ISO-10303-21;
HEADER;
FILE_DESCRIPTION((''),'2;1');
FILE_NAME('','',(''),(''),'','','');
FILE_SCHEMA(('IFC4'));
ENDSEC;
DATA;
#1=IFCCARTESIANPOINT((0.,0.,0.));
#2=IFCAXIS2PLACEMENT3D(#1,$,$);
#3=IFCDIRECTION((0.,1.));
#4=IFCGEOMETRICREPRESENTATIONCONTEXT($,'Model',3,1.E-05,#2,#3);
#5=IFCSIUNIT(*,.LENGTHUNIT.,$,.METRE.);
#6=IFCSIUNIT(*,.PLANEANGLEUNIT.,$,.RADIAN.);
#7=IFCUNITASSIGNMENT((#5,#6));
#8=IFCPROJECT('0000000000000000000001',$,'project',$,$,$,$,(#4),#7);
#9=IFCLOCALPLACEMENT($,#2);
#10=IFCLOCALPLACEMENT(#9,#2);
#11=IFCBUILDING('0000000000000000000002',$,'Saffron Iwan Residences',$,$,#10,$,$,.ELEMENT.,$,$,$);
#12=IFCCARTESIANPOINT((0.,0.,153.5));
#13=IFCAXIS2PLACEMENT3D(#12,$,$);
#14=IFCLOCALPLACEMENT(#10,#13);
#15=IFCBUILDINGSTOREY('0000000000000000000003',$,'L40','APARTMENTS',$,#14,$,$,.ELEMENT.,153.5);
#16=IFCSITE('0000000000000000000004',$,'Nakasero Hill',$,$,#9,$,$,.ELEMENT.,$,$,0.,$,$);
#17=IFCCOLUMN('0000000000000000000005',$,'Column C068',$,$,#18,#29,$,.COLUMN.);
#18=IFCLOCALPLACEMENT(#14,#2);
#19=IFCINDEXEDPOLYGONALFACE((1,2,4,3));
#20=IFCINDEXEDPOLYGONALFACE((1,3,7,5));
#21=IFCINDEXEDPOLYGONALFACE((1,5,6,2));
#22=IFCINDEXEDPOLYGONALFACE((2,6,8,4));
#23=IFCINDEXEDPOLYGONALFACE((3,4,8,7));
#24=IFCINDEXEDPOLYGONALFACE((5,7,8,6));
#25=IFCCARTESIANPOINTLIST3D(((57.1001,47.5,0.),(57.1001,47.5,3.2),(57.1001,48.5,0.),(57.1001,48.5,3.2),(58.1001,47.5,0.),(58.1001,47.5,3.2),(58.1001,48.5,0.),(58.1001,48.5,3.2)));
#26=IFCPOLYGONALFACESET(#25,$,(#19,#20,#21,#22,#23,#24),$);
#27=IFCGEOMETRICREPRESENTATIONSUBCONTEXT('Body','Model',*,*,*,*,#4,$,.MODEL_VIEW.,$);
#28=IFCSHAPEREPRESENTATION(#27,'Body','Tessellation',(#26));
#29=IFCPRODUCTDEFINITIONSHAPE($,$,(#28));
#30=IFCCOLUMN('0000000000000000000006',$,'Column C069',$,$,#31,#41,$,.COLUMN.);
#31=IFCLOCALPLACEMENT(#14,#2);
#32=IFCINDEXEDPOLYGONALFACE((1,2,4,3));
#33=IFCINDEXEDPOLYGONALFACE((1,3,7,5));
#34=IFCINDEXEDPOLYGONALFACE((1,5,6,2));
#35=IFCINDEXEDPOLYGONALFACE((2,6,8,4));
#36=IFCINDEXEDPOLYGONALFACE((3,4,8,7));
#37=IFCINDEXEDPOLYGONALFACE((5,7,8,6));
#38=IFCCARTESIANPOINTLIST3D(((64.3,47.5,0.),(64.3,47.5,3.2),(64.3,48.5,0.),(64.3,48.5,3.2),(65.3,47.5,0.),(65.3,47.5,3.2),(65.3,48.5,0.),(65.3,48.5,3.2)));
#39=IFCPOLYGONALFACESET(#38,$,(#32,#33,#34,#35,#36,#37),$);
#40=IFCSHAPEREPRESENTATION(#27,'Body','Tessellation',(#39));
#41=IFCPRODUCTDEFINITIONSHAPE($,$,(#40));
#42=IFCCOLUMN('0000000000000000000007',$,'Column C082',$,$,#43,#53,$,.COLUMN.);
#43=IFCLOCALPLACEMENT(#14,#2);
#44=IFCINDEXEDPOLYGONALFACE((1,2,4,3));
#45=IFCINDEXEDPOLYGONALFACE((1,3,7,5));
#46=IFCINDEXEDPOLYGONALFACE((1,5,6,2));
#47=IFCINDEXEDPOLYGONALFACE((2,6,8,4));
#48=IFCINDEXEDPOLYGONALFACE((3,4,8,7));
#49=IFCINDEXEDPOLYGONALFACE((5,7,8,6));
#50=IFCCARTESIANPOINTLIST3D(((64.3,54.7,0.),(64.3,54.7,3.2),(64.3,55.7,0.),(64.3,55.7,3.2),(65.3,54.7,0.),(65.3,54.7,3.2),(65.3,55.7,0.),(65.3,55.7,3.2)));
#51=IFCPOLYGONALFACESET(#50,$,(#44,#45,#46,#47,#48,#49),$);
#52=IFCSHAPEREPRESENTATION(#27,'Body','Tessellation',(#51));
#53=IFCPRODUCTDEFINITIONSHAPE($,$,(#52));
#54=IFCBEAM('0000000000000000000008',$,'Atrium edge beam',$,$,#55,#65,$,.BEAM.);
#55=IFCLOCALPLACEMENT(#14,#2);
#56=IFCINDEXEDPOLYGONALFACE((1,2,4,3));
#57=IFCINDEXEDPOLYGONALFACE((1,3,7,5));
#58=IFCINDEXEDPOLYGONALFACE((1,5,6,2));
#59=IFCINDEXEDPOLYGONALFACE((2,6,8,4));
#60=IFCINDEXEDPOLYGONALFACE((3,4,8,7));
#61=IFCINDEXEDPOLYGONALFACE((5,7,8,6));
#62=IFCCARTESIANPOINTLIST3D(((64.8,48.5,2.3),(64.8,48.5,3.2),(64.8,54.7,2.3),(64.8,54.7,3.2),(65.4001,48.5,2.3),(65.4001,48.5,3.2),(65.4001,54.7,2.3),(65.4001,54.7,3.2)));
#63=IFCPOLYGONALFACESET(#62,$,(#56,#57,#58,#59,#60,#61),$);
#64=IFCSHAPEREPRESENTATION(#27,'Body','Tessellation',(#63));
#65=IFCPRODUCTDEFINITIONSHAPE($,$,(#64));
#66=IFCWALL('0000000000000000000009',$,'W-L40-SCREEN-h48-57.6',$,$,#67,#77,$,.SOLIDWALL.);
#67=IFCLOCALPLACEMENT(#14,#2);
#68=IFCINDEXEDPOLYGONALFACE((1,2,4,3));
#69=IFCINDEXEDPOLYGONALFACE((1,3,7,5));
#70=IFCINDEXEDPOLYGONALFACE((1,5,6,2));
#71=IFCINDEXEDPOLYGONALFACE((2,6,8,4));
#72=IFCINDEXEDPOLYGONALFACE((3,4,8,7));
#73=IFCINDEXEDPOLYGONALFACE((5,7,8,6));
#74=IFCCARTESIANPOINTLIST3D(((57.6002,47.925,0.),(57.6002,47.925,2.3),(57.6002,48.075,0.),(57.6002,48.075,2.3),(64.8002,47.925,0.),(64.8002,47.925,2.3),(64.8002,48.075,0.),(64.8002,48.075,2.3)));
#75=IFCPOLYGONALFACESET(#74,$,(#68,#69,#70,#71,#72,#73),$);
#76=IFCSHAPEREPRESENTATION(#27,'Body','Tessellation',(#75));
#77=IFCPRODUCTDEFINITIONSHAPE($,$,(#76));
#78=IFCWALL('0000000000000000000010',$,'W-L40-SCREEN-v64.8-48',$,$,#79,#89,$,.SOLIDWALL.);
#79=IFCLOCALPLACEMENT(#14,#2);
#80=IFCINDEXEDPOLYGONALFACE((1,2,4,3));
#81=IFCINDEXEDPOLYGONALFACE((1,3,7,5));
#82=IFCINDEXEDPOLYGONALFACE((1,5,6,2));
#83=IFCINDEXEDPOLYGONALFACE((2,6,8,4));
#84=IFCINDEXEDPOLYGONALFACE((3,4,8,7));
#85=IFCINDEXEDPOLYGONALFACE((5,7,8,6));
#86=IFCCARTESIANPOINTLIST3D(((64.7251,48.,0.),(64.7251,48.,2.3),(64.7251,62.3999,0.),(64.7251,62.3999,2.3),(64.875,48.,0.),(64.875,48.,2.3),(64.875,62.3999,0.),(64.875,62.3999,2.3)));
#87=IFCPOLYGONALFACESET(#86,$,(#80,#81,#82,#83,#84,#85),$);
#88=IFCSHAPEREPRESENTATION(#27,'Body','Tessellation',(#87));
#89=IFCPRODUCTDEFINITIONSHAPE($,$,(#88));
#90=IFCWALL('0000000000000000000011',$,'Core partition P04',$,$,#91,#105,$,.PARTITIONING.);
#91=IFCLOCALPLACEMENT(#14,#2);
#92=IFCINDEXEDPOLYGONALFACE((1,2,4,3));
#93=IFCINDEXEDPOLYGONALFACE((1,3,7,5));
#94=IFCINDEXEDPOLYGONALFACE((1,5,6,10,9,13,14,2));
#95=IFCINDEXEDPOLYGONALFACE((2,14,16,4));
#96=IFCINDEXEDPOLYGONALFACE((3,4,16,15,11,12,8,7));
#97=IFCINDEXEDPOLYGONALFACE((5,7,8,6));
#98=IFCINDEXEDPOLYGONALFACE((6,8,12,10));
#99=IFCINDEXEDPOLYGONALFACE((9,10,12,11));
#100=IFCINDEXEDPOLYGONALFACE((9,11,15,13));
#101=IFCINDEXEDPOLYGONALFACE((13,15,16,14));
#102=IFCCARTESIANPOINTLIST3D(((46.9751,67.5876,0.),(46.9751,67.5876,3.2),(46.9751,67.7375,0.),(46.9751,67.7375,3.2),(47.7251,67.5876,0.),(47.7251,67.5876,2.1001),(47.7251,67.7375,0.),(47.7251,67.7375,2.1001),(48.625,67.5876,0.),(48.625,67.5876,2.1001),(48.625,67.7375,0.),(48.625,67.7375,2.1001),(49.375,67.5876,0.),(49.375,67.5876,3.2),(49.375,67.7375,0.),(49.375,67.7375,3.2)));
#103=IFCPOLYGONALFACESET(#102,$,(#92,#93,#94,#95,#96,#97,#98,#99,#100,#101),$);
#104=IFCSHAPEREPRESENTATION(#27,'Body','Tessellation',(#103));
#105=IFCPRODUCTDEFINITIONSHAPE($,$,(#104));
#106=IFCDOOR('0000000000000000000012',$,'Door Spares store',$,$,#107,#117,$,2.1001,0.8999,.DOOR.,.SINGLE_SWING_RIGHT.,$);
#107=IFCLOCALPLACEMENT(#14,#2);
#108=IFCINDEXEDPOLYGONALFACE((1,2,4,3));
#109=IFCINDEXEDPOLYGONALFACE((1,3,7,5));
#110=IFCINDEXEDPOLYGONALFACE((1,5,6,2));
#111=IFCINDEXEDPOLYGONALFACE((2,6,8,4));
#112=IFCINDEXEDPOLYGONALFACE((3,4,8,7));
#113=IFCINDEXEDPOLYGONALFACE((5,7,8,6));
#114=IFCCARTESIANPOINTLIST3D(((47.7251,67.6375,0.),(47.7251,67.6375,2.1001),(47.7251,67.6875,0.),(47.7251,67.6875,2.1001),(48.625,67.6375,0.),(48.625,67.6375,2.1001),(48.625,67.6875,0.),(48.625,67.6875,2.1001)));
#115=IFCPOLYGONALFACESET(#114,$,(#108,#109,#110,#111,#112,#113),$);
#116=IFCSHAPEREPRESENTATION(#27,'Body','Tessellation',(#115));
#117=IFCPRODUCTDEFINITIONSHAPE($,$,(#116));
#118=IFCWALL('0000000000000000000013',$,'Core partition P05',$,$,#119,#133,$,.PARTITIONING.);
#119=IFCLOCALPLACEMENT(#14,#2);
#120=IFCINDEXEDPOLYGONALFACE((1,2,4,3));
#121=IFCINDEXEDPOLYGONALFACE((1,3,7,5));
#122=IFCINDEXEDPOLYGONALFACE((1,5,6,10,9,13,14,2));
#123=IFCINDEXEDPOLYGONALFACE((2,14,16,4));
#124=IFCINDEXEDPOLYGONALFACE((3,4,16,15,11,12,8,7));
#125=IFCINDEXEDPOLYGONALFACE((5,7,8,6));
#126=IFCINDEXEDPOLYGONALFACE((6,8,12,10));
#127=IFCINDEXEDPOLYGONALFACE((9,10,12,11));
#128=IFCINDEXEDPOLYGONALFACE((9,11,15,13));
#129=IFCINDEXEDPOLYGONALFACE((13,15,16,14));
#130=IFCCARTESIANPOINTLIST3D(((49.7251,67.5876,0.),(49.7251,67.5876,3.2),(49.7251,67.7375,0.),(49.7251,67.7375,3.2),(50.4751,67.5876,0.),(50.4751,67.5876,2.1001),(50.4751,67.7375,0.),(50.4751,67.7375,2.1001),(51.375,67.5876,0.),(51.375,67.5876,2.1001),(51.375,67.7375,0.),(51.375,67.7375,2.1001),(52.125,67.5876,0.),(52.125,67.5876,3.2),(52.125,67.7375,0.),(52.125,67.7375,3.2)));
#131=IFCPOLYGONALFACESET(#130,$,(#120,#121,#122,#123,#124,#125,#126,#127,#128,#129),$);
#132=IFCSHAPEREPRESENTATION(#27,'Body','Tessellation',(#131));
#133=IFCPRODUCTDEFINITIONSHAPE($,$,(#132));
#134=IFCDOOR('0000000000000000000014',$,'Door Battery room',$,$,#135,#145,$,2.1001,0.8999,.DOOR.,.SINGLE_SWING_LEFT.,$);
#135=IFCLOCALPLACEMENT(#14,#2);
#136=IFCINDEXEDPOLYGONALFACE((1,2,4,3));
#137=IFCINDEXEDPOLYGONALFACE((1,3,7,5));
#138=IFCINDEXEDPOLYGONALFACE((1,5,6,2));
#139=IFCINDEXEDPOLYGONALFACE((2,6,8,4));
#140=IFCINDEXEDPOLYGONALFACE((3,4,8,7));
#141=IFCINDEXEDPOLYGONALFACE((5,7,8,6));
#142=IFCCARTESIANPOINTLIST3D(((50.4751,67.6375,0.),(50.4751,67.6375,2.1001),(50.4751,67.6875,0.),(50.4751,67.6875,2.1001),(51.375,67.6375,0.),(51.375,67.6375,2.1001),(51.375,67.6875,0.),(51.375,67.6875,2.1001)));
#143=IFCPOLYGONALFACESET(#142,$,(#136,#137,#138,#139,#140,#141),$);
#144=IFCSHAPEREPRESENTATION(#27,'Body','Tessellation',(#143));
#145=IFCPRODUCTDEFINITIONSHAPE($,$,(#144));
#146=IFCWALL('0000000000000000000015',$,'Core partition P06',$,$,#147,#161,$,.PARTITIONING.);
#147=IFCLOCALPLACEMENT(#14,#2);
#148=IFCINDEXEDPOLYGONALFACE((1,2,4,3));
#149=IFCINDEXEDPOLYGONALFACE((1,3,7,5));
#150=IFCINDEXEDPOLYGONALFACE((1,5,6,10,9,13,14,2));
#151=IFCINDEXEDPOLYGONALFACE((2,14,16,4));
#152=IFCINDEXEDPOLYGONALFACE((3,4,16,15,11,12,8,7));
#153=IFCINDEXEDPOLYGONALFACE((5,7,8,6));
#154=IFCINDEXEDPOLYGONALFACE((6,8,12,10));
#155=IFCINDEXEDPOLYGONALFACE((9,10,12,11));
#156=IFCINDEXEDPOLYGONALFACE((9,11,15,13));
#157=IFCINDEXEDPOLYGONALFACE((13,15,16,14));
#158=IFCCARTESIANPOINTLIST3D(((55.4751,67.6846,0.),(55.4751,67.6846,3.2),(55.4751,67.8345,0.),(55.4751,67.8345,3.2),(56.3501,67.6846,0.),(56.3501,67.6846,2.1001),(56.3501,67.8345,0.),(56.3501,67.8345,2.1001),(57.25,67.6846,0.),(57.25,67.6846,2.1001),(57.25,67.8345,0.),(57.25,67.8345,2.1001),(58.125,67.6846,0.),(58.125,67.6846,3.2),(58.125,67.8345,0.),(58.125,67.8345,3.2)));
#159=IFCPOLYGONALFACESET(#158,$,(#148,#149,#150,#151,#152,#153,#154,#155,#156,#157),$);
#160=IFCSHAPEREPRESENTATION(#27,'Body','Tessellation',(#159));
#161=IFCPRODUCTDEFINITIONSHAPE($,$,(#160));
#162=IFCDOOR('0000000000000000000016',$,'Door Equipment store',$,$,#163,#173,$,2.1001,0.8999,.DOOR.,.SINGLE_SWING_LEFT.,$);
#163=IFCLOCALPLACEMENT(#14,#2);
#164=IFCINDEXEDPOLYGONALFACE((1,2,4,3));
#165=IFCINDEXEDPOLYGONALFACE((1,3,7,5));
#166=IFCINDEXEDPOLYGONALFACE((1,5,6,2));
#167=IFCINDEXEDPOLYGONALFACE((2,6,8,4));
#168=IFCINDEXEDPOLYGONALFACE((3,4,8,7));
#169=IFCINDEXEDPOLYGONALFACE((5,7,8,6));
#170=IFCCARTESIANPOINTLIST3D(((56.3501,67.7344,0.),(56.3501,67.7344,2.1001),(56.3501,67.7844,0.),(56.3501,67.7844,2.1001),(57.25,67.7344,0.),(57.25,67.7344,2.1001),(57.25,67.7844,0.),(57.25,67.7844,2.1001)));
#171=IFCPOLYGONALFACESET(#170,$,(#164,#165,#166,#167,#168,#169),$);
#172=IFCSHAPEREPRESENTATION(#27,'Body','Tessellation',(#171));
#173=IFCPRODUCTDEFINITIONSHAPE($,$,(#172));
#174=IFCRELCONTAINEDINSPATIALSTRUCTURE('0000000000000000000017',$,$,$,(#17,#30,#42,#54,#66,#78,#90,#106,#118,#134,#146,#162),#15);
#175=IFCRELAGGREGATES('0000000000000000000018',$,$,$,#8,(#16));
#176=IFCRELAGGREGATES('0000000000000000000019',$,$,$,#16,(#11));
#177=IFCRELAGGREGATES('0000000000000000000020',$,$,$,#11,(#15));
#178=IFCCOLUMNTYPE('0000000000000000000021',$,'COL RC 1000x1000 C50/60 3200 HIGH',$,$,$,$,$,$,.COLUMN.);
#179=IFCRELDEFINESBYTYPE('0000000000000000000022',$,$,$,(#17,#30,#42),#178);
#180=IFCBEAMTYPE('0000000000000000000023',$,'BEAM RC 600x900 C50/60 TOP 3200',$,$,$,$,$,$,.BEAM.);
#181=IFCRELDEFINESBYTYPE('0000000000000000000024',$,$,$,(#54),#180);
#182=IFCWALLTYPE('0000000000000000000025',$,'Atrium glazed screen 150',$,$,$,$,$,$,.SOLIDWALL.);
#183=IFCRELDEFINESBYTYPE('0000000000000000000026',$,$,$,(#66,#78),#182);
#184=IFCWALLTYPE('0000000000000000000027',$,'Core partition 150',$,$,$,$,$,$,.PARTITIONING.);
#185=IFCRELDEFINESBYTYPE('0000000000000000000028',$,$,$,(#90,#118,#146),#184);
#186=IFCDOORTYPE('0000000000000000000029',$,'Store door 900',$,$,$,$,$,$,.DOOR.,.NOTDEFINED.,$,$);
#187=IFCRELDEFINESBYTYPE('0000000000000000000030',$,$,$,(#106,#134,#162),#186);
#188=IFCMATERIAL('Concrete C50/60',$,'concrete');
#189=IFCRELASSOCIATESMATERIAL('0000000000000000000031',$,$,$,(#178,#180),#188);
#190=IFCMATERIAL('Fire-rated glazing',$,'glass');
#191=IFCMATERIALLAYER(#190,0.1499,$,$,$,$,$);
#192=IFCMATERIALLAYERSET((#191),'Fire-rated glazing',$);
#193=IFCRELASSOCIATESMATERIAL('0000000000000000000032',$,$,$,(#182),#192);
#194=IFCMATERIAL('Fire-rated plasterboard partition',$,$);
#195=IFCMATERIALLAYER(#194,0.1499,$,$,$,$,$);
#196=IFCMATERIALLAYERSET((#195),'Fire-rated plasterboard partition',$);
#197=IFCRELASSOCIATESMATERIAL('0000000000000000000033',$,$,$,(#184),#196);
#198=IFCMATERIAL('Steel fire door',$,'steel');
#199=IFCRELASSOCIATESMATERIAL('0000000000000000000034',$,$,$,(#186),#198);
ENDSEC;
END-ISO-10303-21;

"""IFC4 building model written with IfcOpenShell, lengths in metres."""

from ifc_helpers import new_model, si_unit, direction, frame, frame_2d, origin, origin_2d, place, context, subcontext, project, spatial, rectangle, extrude, source, transform, mapped, material, layer, layer_set, material_profile, profile_set, type_object, element, fill, save


model = new_model("IFC4")

# Units and contexts
model_context = context("Model", 3, precision=1e-05, world=origin(), true_north=direction((0.0, 1.0)))
body_context = subcontext(model_context, "Body", "Model", "MODEL_VIEW")
ifc_project = project(units=[si_unit("LENGTHUNIT", "METRE"), si_unit("PLANEANGLEUNIT", "RADIAN")], contexts=[model_context])

# Site, building, storey
site_placement = place(None, origin())
site = spatial("IfcSite", under=ifc_project, at=site_placement, Name="Nakasero Hill", CompositionType="ELEMENT", RefElevation=0.0)
building_placement = place(site_placement, origin())
building = spatial("IfcBuilding", under=site, at=building_placement, Name="Saffron Iwan Residences", CompositionType="ELEMENT")
storey_placement = place(building_placement, frame((0.0, 0.0, 153.5)))
storey = spatial("IfcBuildingStorey", under=building, at=storey_placement, Name="L40", Description="APARTMENTS", CompositionType="ELEMENT", Elevation=153.5)

# Columns
ifc_material_1 = material(Name="Concrete C50/60", Category="concrete")
ifc_material_profile_1 = material_profile(ifc_material_1, rectangle(XDim=1.0, YDim=1.0, at=origin_2d()), Name="RC 1000x1000")
ifc_profile_set_1 = profile_set([ifc_material_profile_1], Name="Concrete C50/60")
column_type = type_object("IfcColumnType", Name="COL RC 1000x1000 C50/60 3200 HIGH", PredefinedType="COLUMN", material=ifc_profile_set_1)
shared_shape_1 = source(origin(), body_context, "Body", "SweptSolid", [
    extrude(rectangle(XDim=1.0, YDim=1.0, at=origin_2d()), origin(), (0.0, 0.0, 1.0), 3.2),
])
for number, where, z_axis, x_axis, name in (
    (1, (57.6001, 48.0, 0.0), (0.0, 0.0, 1.0), (1.0, 0.0, 0.0), "Column C068"),
    (2, (64.8, 48.0, 0.0), (0.0, 0.0, 1.0), (1.0, 0.0, 0.0), "Column C069"),
    (3, (64.8, 55.2, 0.0), (0.0, 0.0, 1.0), (1.0, 0.0, 0.0), "Column C082"),
):
    element("IfcColumn", number, at=place(storey_placement, frame(where, z_axis=z_axis, x_axis=x_axis)), inside=storey, type_object=column_type, Name=name, PredefinedType="COLUMN", context=body_context, shape_type="MappedRepresentation", body=[
        mapped(shared_shape_1, transform((0.0, 0.0, 0.0))),
    ])

# Beam
ifc_material_profile_2 = material_profile(ifc_material_1, rectangle(XDim=0.6001, YDim=0.8999, at=origin_2d()), Name="RC 600x900")
ifc_profile_set_2 = profile_set([ifc_material_profile_2], Name="Concrete C50/60")
beam_type = type_object("IfcBeamType", Name="BEAM RC 600x900 C50/60 TOP 3200", PredefinedType="BEAM", material=ifc_profile_set_2)
shared_shape_2 = source(origin(), body_context, "Body", "SweptSolid", [
    extrude(rectangle(XDim=0.6001, YDim=0.8999, at=origin_2d()), origin(), (0.0, 0.0, 1.0), 6.2),
])
beam_placement = place(storey_placement, frame((65.1001, 54.7, 2.75), z_axis=(0.0, -1.0, 0.0), x_axis=(1.0, 0.0, 0.0)))
element("IfcBeam", 4, at=beam_placement, inside=storey, type_object=beam_type, Name="Atrium edge beam", PredefinedType="BEAM", context=body_context, shape_type="MappedRepresentation", body=[
    mapped(shared_shape_2, transform((0.0, 0.0, 0.0))),
])

# Walls
ifc_material_2 = material(Name="Fire-rated glazing", Category="glass")
ifc_layer_1 = layer(ifc_material_2, 0.1499)
ifc_layer_set_1 = layer_set([ifc_layer_1], Name="Fire-rated glazing")
wall_type_1 = type_object("IfcWallType", Name="Atrium glazed screen 150", PredefinedType="SOLIDWALL", material=ifc_layer_set_1)
wall_1_placement = place(storey_placement, frame((57.6001, 48.0, 0.0), z_axis=(0.0, 0.0, 1.0), x_axis=(1.0, 0.0, 0.0)))
element("IfcWall", 5, at=wall_1_placement, inside=storey, type_object=wall_type_1, Name="W-L40-SCREEN-h48-57.6", PredefinedType="SOLIDWALL", context=body_context, shape_type="SweptSolid", body=[
    extrude(rectangle(XDim=7.2, YDim=0.1499, at=frame_2d((3.6001, 0.0))), origin(), (0.0, 0.0, 1.0), 2.3),
])
wall_2_placement = place(storey_placement, frame((64.8, 48.0, 0.0), z_axis=(0.0, 0.0, 1.0), x_axis=(0.0, 1.0, 0.0)))
element("IfcWall", 6, at=wall_2_placement, inside=storey, type_object=wall_type_1, Name="W-L40-SCREEN-v64.8-48", PredefinedType="SOLIDWALL", context=body_context, shape_type="SweptSolid", body=[
    extrude(rectangle(XDim=14.3999, YDim=0.1499, at=frame_2d((7.2, 0.0))), origin(), (0.0, 0.0, 1.0), 2.3),
])

# Walls, openings, doors
ifc_material_3 = material(Name="Fire-rated plasterboard partition")
ifc_layer_2 = layer(ifc_material_3, 0.1499)
ifc_layer_set_2 = layer_set([ifc_layer_2], Name="Fire-rated plasterboard partition")
wall_type_2 = type_object("IfcWallType", Name="Core partition 150", PredefinedType="PARTITIONING", material=ifc_layer_set_2)
wall_3_placement = place(storey_placement, frame((46.9751, 67.6626, 0.0), z_axis=(0.0, 0.0, 1.0), x_axis=(1.0, 0.0, 0.0)))
wall_3 = element("IfcWall", 7, at=wall_3_placement, inside=storey, type_object=wall_type_2, Name="Core partition P04", PredefinedType="PARTITIONING", context=body_context, shape_type="SweptSolid", body=[
    extrude(rectangle(XDim=2.3999, YDim=0.1499, at=frame_2d((1.2, 0.0))), origin(), (0.0, 0.0, 1.0), 3.2),
])
opening_1_placement = place(wall_3_placement, frame((0.75, 0.0, 0.0)))
opening_1 = element("IfcOpeningElement", 8, at=opening_1_placement, cuts=wall_3, PredefinedType="OPENING", context=body_context, shape_type="SweptSolid", body=[
    extrude(rectangle(XDim=0.8999, YDim=2.1001, at=frame_2d((0.45, 1.05))), frame((0.0, 0.085, 0.0), z_axis=(0.0, -1.0, 0.0), x_axis=(1.0, 0.0, 0.0)), (0.0, 0.0, 1.0), 0.1699),
])
ifc_material_4 = material(Name="Steel fire door", Category="steel")
door_type_1 = type_object("IfcDoorType", Name="Store door 900", OperationType="NOTDEFINED", PredefinedType="DOOR", material=ifc_material_4)
door_1_placement = place(opening_1_placement, origin())
door_1 = element("IfcDoor", 9, at=door_1_placement, inside=storey, type_object=door_type_1, Name="Door Spares store", OperationType="SINGLE_SWING_RIGHT", OverallHeight=2.1001, OverallWidth=0.8999, PredefinedType="DOOR", context=body_context, shape_type="SweptSolid", body=[
    extrude(rectangle(XDim=0.8999, YDim=2.1001, at=frame_2d((0.45, 1.05))), frame((0.0, 0.0249, 0.0), z_axis=(0.0, -1.0, 0.0), x_axis=(1.0, 0.0, 0.0)), (0.0, 0.0, 1.0), 0.05),
])
fill(opening_1, door_1)
wall_4_placement = place(storey_placement, frame((49.7251, 67.6626, 0.0), z_axis=(0.0, 0.0, 1.0), x_axis=(1.0, 0.0, 0.0)))
wall_4 = element("IfcWall", 10, at=wall_4_placement, inside=storey, type_object=wall_type_2, Name="Core partition P05", PredefinedType="PARTITIONING", context=body_context, shape_type="SweptSolid", body=[
    extrude(rectangle(XDim=2.3999, YDim=0.1499, at=frame_2d((1.2, 0.0))), origin(), (0.0, 0.0, 1.0), 3.2),
])
opening_2_placement = place(wall_4_placement, frame((0.75, 0.0, 0.0)))
opening_2 = element("IfcOpeningElement", 11, at=opening_2_placement, cuts=wall_4, PredefinedType="OPENING", context=body_context, shape_type="SweptSolid", body=[
    extrude(rectangle(XDim=0.8999, YDim=2.1001, at=frame_2d((0.45, 1.05))), frame((0.0, 0.085, 0.0), z_axis=(0.0, -1.0, 0.0), x_axis=(1.0, 0.0, 0.0)), (0.0, 0.0, 1.0), 0.1699),
])
door_2_placement = place(opening_2_placement, origin())
door_2 = element("IfcDoor", 12, at=door_2_placement, inside=storey, type_object=door_type_1, Name="Door Battery room", OperationType="SINGLE_SWING_LEFT", OverallHeight=2.1001, OverallWidth=0.8999, PredefinedType="DOOR", context=body_context, shape_type="SweptSolid", body=[
    extrude(rectangle(XDim=0.8999, YDim=2.1001, at=frame_2d((0.45, 1.05))), frame((0.0, 0.0249, 0.0), z_axis=(0.0, -1.0, 0.0), x_axis=(1.0, 0.0, 0.0)), (0.0, 0.0, 1.0), 0.05),
])
fill(opening_2, door_2)
wall_5_placement = place(storey_placement, frame((55.4751, 67.7595, 0.0), z_axis=(0.0, 0.0, 1.0), x_axis=(1.0, 0.0, 0.0)))
wall_5 = element("IfcWall", 13, at=wall_5_placement, inside=storey, type_object=wall_type_2, Name="Core partition P06", PredefinedType="PARTITIONING", context=body_context, shape_type="SweptSolid", body=[
    extrude(rectangle(XDim=2.6499, YDim=0.1499, at=frame_2d((1.325, 0.0))), origin(), (0.0, 0.0, 1.0), 3.2),
])
opening_3_placement = place(wall_5_placement, frame((0.875, 0.0, 0.0)))
opening_3 = element("IfcOpeningElement", 14, at=opening_3_placement, cuts=wall_5, PredefinedType="OPENING", context=body_context, shape_type="SweptSolid", body=[
    extrude(rectangle(XDim=0.8999, YDim=2.1001, at=frame_2d((0.45, 1.05))), frame((0.0, 0.085, 0.0), z_axis=(0.0, -1.0, 0.0), x_axis=(1.0, 0.0, 0.0)), (0.0, 0.0, 1.0), 0.1699),
])
door_3_placement = place(opening_3_placement, origin())
door_3 = element("IfcDoor", 15, at=door_3_placement, inside=storey, type_object=door_type_1, Name="Door Equipment store", OperationType="SINGLE_SWING_LEFT", OverallHeight=2.1001, OverallWidth=0.8999, PredefinedType="DOOR", context=body_context, shape_type="SweptSolid", body=[
    extrude(rectangle(XDim=0.8999, YDim=2.1001, at=frame_2d((0.45, 1.05))), frame((0.0, 0.0249, 0.0), z_axis=(0.0, -1.0, 0.0), x_axis=(1.0, 0.0, 0.0)), (0.0, 0.0, 1.0), 0.05),
])
fill(opening_3, door_3)

save(model, "model.ifc")
